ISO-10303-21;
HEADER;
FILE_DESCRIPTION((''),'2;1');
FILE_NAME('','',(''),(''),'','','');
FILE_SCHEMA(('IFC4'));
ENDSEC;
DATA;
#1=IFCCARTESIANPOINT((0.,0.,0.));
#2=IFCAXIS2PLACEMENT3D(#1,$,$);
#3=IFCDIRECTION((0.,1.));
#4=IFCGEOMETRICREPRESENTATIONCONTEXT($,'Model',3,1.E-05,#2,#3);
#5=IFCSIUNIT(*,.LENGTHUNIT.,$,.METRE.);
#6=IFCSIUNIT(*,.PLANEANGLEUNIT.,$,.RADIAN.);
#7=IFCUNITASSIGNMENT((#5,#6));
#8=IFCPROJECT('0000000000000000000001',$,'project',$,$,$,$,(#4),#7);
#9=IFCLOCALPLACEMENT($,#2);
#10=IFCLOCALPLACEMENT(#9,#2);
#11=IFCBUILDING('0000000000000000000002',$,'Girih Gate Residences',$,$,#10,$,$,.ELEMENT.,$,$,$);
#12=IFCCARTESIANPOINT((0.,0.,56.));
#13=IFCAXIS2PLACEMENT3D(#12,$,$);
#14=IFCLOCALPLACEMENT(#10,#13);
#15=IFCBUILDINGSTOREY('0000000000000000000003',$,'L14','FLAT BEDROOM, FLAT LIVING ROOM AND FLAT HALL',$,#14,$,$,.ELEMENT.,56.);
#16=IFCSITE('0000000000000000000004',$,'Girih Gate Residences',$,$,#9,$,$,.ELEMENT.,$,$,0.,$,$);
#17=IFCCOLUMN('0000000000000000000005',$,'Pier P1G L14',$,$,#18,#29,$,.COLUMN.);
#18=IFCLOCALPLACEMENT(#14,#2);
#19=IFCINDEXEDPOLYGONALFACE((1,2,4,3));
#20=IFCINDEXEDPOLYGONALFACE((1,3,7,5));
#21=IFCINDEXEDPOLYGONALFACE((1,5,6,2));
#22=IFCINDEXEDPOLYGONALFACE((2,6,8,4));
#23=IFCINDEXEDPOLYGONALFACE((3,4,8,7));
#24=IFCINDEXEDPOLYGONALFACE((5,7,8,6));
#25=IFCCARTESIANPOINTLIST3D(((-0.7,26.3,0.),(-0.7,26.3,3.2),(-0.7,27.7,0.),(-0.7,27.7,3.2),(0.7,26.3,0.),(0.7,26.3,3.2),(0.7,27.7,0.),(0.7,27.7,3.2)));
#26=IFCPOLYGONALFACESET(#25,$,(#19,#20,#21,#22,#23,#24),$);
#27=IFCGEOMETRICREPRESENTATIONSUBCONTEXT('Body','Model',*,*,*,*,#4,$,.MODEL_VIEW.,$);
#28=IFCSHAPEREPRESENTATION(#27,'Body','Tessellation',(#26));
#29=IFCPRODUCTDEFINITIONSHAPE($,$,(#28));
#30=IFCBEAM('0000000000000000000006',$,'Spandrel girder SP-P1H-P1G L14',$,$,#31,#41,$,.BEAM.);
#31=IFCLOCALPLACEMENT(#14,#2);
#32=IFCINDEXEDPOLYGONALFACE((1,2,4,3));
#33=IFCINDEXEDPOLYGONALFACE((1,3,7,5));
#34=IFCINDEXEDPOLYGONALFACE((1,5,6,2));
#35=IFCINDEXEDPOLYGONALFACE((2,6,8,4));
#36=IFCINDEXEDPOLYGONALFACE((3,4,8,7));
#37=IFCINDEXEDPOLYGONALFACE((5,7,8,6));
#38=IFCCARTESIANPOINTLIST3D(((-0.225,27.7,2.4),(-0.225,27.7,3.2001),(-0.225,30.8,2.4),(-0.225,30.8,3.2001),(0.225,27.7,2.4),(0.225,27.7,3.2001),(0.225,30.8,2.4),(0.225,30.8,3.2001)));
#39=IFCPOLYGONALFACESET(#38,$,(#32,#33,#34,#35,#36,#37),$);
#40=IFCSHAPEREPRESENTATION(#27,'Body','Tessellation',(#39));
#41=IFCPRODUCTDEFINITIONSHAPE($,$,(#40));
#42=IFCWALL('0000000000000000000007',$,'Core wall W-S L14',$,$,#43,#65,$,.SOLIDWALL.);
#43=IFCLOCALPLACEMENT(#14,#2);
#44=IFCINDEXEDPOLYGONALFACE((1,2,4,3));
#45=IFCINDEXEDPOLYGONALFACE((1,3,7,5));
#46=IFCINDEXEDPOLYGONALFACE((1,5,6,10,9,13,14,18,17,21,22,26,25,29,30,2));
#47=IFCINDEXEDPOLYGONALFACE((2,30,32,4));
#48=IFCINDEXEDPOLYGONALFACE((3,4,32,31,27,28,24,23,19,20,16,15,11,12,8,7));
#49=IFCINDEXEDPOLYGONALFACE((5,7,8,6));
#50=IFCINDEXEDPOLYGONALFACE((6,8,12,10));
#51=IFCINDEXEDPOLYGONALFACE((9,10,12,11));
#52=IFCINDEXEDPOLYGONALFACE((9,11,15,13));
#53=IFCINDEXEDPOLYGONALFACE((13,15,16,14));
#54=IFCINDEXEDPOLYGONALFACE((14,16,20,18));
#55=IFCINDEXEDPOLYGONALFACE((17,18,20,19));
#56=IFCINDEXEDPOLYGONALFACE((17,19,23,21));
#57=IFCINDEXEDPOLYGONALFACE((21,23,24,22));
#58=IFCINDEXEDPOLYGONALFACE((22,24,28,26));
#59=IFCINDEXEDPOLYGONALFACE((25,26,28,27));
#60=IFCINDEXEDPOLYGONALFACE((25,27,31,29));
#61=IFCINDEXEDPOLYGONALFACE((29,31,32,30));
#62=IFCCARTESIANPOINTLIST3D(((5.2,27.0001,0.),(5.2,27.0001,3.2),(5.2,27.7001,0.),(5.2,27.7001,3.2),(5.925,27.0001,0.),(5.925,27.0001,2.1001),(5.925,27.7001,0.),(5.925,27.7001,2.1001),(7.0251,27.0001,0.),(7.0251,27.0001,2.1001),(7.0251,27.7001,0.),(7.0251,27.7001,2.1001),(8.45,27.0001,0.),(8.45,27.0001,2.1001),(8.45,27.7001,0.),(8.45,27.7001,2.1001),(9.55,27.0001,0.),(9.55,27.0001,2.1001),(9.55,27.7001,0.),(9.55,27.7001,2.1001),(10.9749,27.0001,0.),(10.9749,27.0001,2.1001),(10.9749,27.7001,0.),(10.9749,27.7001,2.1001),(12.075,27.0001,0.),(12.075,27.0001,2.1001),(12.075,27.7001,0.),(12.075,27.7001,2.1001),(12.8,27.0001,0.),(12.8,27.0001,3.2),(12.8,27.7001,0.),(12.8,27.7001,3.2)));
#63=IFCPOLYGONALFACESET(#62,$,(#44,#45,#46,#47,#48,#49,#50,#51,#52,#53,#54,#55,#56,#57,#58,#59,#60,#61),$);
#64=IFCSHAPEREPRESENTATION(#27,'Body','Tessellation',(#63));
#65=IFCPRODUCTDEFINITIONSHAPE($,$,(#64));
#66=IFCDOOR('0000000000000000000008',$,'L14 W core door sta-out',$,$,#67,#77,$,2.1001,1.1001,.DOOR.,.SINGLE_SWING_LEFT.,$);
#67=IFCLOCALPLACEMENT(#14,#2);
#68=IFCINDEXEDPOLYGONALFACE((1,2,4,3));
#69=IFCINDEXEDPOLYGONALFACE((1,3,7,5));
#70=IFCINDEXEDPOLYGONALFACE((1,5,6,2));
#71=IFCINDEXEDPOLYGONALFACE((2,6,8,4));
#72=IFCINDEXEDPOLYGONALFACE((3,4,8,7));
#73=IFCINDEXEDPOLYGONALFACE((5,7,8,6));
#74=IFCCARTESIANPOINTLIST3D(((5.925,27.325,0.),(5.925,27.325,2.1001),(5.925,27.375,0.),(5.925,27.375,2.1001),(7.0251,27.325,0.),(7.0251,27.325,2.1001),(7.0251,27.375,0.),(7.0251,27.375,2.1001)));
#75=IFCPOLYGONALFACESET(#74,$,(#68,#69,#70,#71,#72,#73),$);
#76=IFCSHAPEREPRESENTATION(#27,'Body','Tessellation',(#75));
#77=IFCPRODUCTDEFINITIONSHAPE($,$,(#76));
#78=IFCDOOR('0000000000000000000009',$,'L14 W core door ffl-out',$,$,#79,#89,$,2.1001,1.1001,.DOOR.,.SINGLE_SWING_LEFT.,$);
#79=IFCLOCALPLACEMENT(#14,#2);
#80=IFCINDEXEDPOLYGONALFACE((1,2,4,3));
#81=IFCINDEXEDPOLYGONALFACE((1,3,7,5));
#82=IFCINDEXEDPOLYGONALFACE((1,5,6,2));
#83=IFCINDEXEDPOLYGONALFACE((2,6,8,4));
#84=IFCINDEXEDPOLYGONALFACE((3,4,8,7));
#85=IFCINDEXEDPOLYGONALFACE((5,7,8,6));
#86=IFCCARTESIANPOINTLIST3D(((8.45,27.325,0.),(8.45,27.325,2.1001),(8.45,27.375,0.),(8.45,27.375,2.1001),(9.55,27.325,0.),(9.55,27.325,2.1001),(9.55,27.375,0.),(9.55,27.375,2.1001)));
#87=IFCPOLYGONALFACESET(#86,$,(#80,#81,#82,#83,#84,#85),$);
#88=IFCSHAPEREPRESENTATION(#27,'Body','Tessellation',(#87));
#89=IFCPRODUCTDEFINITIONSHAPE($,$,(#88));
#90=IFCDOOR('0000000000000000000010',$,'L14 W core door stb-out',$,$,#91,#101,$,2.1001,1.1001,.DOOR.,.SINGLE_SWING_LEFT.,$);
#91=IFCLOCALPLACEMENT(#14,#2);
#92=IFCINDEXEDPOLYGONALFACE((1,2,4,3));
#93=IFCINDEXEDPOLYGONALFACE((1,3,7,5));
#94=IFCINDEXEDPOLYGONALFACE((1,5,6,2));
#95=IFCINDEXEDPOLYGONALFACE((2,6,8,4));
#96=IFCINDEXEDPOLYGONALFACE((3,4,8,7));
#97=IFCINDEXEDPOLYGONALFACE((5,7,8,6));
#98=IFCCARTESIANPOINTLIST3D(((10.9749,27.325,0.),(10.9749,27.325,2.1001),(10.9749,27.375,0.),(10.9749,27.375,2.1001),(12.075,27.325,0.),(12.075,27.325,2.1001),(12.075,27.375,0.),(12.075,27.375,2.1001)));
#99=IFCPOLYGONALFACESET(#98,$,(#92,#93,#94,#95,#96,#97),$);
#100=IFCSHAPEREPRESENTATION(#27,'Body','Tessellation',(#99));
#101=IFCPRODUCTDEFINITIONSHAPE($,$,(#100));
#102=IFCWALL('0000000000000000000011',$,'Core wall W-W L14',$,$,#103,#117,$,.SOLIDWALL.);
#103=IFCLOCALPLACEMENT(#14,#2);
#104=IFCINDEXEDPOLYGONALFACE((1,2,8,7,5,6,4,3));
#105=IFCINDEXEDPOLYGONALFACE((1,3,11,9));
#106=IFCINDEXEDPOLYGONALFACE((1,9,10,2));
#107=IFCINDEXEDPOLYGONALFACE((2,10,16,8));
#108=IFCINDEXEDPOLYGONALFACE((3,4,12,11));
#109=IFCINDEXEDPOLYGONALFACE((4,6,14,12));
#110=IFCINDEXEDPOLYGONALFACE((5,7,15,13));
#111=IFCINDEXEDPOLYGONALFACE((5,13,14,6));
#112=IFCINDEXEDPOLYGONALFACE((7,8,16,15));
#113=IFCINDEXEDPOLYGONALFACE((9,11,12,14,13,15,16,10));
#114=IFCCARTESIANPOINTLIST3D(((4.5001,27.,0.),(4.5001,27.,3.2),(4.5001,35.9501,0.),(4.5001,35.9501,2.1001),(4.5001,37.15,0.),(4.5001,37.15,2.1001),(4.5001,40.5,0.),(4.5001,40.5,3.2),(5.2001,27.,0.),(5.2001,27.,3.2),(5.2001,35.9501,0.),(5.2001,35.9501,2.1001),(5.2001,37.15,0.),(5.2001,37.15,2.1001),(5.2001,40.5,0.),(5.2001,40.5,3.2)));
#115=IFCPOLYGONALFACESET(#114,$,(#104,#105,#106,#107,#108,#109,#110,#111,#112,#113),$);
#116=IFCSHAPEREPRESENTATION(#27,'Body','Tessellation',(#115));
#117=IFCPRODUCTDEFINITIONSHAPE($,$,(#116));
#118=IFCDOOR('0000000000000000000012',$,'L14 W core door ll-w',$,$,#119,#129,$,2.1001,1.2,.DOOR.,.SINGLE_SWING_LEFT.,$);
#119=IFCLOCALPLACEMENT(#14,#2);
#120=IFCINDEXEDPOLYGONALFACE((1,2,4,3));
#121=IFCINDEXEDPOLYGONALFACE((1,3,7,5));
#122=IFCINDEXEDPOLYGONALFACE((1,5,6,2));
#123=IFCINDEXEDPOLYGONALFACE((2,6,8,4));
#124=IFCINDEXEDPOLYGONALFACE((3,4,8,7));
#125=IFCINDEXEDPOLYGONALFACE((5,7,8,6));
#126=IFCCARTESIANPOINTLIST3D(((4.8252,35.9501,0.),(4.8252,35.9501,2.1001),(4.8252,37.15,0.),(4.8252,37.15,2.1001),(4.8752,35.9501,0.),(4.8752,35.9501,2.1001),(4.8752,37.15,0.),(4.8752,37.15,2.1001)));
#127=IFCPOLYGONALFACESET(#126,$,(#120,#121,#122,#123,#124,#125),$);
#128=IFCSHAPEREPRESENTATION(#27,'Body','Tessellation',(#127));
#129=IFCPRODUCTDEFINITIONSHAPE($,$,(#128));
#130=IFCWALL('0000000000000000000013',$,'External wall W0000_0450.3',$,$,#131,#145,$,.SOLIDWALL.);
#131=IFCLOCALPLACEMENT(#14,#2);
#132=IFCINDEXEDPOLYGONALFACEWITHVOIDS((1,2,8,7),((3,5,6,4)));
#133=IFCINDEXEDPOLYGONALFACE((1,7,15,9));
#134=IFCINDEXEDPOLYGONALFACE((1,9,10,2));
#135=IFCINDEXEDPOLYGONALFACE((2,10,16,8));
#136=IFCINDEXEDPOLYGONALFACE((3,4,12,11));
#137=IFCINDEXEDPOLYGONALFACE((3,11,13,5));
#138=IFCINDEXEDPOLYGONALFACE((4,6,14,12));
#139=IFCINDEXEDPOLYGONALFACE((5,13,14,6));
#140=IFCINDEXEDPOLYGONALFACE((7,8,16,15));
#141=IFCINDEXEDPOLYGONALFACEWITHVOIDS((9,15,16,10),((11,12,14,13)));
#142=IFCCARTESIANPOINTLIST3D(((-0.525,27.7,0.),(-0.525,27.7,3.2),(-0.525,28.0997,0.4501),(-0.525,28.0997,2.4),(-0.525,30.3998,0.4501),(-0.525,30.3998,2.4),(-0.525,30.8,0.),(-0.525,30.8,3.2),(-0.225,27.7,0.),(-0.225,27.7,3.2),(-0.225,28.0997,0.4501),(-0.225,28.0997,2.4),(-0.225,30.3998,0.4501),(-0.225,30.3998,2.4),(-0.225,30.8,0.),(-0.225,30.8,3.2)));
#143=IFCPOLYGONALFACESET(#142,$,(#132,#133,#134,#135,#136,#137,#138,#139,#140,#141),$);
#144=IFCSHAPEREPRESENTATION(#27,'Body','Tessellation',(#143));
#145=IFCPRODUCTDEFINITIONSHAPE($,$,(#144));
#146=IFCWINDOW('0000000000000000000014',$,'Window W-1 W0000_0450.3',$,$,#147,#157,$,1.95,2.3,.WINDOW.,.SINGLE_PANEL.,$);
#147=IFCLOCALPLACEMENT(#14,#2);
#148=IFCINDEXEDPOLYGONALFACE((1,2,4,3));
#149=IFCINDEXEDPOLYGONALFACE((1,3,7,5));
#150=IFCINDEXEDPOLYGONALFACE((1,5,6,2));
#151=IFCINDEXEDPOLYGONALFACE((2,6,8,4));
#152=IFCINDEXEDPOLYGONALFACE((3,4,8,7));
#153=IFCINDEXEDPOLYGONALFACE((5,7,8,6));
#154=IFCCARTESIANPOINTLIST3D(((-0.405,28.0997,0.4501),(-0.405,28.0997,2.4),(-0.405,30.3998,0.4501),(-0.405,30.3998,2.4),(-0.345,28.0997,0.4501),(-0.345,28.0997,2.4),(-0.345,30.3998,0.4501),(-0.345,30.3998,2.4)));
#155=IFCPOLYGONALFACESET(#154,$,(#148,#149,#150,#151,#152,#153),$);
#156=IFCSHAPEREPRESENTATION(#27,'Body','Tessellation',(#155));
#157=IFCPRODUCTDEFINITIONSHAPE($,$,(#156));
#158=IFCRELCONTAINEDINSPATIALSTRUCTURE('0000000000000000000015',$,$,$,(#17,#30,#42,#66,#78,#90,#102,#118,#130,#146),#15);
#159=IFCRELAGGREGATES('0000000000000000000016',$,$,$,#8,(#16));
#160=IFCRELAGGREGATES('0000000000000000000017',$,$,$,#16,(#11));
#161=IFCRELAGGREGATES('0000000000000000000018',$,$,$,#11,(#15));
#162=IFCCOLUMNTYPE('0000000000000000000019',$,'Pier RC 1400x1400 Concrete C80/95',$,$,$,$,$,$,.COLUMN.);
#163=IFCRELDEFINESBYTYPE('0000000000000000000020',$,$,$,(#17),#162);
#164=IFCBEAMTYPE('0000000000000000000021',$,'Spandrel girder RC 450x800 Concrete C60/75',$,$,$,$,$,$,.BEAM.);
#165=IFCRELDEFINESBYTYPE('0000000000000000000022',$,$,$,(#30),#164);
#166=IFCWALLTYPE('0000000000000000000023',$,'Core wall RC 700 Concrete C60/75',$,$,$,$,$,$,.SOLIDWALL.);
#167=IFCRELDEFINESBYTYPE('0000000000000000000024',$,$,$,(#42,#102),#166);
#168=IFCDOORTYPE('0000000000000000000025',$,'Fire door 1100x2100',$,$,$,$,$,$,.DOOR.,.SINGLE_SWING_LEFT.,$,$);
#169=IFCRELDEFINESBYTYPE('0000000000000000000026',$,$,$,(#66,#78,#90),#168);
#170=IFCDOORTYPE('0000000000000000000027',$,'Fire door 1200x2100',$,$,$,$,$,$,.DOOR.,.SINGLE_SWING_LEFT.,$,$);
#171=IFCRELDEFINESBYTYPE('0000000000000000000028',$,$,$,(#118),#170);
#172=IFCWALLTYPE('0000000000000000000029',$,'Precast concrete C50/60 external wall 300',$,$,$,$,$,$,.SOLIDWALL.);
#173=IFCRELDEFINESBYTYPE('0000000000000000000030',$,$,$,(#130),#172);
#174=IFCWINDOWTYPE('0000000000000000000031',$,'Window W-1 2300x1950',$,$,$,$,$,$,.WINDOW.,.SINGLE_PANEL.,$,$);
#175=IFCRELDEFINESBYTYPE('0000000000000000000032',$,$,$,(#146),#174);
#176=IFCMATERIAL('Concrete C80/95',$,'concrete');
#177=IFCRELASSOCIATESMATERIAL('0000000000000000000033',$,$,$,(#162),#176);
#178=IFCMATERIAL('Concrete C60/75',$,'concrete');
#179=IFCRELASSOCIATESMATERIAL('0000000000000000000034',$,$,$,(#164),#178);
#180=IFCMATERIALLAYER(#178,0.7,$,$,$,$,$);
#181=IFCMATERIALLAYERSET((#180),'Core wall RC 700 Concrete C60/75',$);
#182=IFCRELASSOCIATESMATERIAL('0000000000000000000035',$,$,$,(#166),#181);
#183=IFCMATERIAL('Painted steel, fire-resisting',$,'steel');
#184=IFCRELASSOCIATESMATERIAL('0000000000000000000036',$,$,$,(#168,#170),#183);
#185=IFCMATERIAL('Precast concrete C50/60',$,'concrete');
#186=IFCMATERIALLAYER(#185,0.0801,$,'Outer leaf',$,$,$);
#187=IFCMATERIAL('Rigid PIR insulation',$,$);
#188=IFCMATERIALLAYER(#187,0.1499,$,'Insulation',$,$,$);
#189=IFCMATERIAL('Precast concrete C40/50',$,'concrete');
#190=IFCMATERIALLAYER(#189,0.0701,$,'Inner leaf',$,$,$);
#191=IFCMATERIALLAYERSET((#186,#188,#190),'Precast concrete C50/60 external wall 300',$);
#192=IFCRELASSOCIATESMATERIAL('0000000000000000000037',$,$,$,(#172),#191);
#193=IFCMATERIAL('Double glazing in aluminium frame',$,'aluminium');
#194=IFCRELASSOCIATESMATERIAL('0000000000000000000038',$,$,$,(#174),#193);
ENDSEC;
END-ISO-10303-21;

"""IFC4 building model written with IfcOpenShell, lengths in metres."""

from ifc_helpers import new_model, si_unit, direction, frame, frame_2d, origin, origin_2d, place, context, subcontext, project, spatial, rectangle, extrude, material, layer, layer_set, material_profile, profile_set, type_object, element, fill, save


model = new_model("IFC4")

# Units and contexts
model_context = context("Model", 3, precision=1e-05, world=origin(), true_north=direction((0.0, 1.0)))
body_context = subcontext(model_context, "Body", "Model", "MODEL_VIEW")
ifc_project = project(units=[si_unit("LENGTHUNIT", "METRE"), si_unit("PLANEANGLEUNIT", "RADIAN")], contexts=[model_context])

# Site, building, storey
site_placement = place(None, origin())
site = spatial("IfcSite", under=ifc_project, at=site_placement, Name="Girih Gate Residences", CompositionType="ELEMENT", RefElevation=0.0)
building_placement = place(site_placement, origin())
building = spatial("IfcBuilding", under=site, at=building_placement, Name="Girih Gate Residences", CompositionType="ELEMENT")
storey_placement = place(building_placement, frame((0.0, 0.0, 56.0)))
storey = spatial("IfcBuildingStorey", under=building, at=storey_placement, Name="L14", Description="FLAT BEDROOM, FLAT LIVING ROOM AND FLAT HALL", CompositionType="ELEMENT", Elevation=56.0)

# Column
ifc_material_1 = material(Name="Concrete C80/95", Category="concrete")
ifc_material_profile_1 = material_profile(ifc_material_1, rectangle(XDim=1.3999, YDim=1.3999, at=origin_2d()))
ifc_profile_set_1 = profile_set([ifc_material_profile_1], Name="Concrete C80/95")
column_type = type_object("IfcColumnType", Name="Pier RC 1400x1400 Concrete C80/95", PredefinedType="COLUMN", material=ifc_profile_set_1)
column_placement = place(storey_placement, frame((0.0, 27.0, 0.0), z_axis=(0.0, 0.0, 1.0), x_axis=(1.0, 0.0, 0.0)))
element("IfcColumn", 1, at=column_placement, inside=storey, type_object=column_type, Name="Pier P1G L14", PredefinedType="COLUMN", context=body_context, shape_type="SweptSolid", body=[
    extrude(rectangle(XDim=1.3999, YDim=1.3999, at=origin_2d()), origin(), (0.0, 0.0, 1.0), 3.2),
])

# Beam
ifc_material_2 = material(Name="Concrete C60/75", Category="concrete")
ifc_material_profile_2 = material_profile(ifc_material_2, rectangle(XDim=0.45, YDim=0.8, at=origin_2d()))
ifc_profile_set_2 = profile_set([ifc_material_profile_2], Name="Concrete C60/75")
beam_type = type_object("IfcBeamType", Name="Spandrel girder RC 450x800 Concrete C60/75", PredefinedType="BEAM", material=ifc_profile_set_2)
beam_placement = place(storey_placement, frame((0.0, 30.8, 2.8), z_axis=(0.0, -1.0, 0.0), x_axis=(1.0, 0.0, 0.0)))
element("IfcBeam", 2, at=beam_placement, inside=storey, type_object=beam_type, Name="Spandrel girder SP-P1H-P1G L14", PredefinedType="BEAM", context=body_context, shape_type="SweptSolid", body=[
    extrude(rectangle(XDim=0.45, YDim=0.8, at=origin_2d()), origin(), (0.0, 0.0, 1.0), 3.1001),
])

# Wall, openings, doors
ifc_layer_1 = layer(ifc_material_2, 0.7)
ifc_layer_set_1 = layer_set([ifc_layer_1], Name="Core wall RC 700 Concrete C60/75")
wall_type_1 = type_object("IfcWallType", Name="Core wall RC 700 Concrete C60/75", PredefinedType="SOLIDWALL", material=ifc_layer_set_1)
wall_1_placement = place(storey_placement, frame((5.2, 27.3501, 0.0), z_axis=(0.0, 0.0, 1.0), x_axis=(1.0, 0.0, 0.0)))
wall_1 = element("IfcWall", 3, at=wall_1_placement, inside=storey, type_object=wall_type_1, Name="Core wall W-S L14", PredefinedType="SOLIDWALL", context=body_context, shape_type="SweptSolid", body=[
    extrude(rectangle(XDim=7.6001, YDim=0.7, at=frame_2d((3.8, 0.0))), origin(), (0.0, 0.0, 1.0), 3.2),
])
opening_1_placement = place(wall_1_placement, frame((0.7251, 0.0, 0.0)))
opening_1 = element("IfcOpeningElement", 4, at=opening_1_placement, cuts=wall_1, PredefinedType="OPENING", context=body_context, shape_type="SweptSolid", body=[
    extrude(rectangle(XDim=1.1001, YDim=2.1001, at=frame_2d((0.55, 1.05))), frame((0.0, 0.3599, 0.0), z_axis=(0.0, -1.0, 0.0), x_axis=(1.0, 0.0, 0.0)), (0.0, 0.0, 1.0), 0.72),
])
opening_2_placement = place(wall_1_placement, frame((3.25, 0.0, 0.0)))
opening_2 = element("IfcOpeningElement", 5, at=opening_2_placement, cuts=wall_1, PredefinedType="OPENING", context=body_context, shape_type="SweptSolid", body=[
    extrude(rectangle(XDim=1.1001, YDim=2.1001, at=frame_2d((0.55, 1.05))), frame((0.0, 0.3599, 0.0), z_axis=(0.0, -1.0, 0.0), x_axis=(1.0, 0.0, 0.0)), (0.0, 0.0, 1.0), 0.72),
])
opening_3_placement = place(wall_1_placement, frame((5.7749, 0.0, 0.0)))
opening_3 = element("IfcOpeningElement", 6, at=opening_3_placement, cuts=wall_1, PredefinedType="OPENING", context=body_context, shape_type="SweptSolid", body=[
    extrude(rectangle(XDim=1.1001, YDim=2.1001, at=frame_2d((0.55, 1.05))), frame((0.0, 0.3599, 0.0), z_axis=(0.0, -1.0, 0.0), x_axis=(1.0, 0.0, 0.0)), (0.0, 0.0, 1.0), 0.72),
])
ifc_material_3 = material(Name="Painted steel, fire-resisting", Category="steel")
door_type_1 = type_object("IfcDoorType", Name="Fire door 1100x2100", OperationType="SINGLE_SWING_LEFT", PredefinedType="DOOR", material=ifc_material_3)
door_1_placement = place(opening_1_placement, origin())
door_1 = element("IfcDoor", 7, at=door_1_placement, inside=storey, type_object=door_type_1, Name="L14 W core door sta-out", OperationType="SINGLE_SWING_LEFT", OverallHeight=2.1001, OverallWidth=1.1001, PredefinedType="DOOR", context=body_context, shape_type="SweptSolid", body=[
    extrude(rectangle(XDim=1.1001, YDim=2.1001, at=frame_2d((0.55, 1.05))), frame((0.0, 0.0249, 0.0), z_axis=(0.0, -1.0, 0.0), x_axis=(1.0, 0.0, 0.0)), (0.0, 0.0, 1.0), 0.05),
])
fill(opening_1, door_1)
door_2_placement = place(opening_2_placement, origin())
door_2 = element("IfcDoor", 8, at=door_2_placement, inside=storey, type_object=door_type_1, Name="L14 W core door ffl-out", OperationType="SINGLE_SWING_LEFT", OverallHeight=2.1001, OverallWidth=1.1001, PredefinedType="DOOR", context=body_context, shape_type="SweptSolid", body=[
    extrude(rectangle(XDim=1.1001, YDim=2.1001, at=frame_2d((0.55, 1.05))), frame((0.0, 0.0249, 0.0), z_axis=(0.0, -1.0, 0.0), x_axis=(1.0, 0.0, 0.0)), (0.0, 0.0, 1.0), 0.05),
])
fill(opening_2, door_2)
door_3_placement = place(opening_3_placement, origin())
door_3 = element("IfcDoor", 9, at=door_3_placement, inside=storey, type_object=door_type_1, Name="L14 W core door stb-out", OperationType="SINGLE_SWING_LEFT", OverallHeight=2.1001, OverallWidth=1.1001, PredefinedType="DOOR", context=body_context, shape_type="SweptSolid", body=[
    extrude(rectangle(XDim=1.1001, YDim=2.1001, at=frame_2d((0.55, 1.05))), frame((0.0, 0.0249, 0.0), z_axis=(0.0, -1.0, 0.0), x_axis=(1.0, 0.0, 0.0)), (0.0, 0.0, 1.0), 0.05),
])
fill(opening_3, door_3)

# Wall, opening, door
wall_2_placement = place(storey_placement, frame((4.8501, 27.0, 0.0), z_axis=(0.0, 0.0, 1.0), x_axis=(0.0, 1.0, 0.0)))
wall_2 = element("IfcWall", 10, at=wall_2_placement, inside=storey, type_object=wall_type_1, Name="Core wall W-W L14", PredefinedType="SOLIDWALL", context=body_context, shape_type="SweptSolid", body=[
    extrude(rectangle(XDim=13.5, YDim=0.7, at=frame_2d((6.75, 0.0))), origin(), (0.0, 0.0, 1.0), 3.2),
])
opening_4_placement = place(wall_2_placement, frame((8.95, 0.0, 0.0)))
opening_4 = element("IfcOpeningElement", 11, at=opening_4_placement, cuts=wall_2, PredefinedType="OPENING", context=body_context, shape_type="SweptSolid", body=[
    extrude(rectangle(XDim=1.2, YDim=2.1001, at=frame_2d((0.6001, 1.05))), frame((0.0, 0.3599, 0.0), z_axis=(0.0, -1.0, 0.0), x_axis=(1.0, 0.0, 0.0)), (0.0, 0.0, 1.0), 0.72),
])
door_type_2 = type_object("IfcDoorType", Name="Fire door 1200x2100", OperationType="SINGLE_SWING_LEFT", PredefinedType="DOOR", material=ifc_material_3)
door_4_placement = place(opening_4_placement, origin())
door_4 = element("IfcDoor", 12, at=door_4_placement, inside=storey, type_object=door_type_2, Name="L14 W core door ll-w", OperationType="SINGLE_SWING_LEFT", OverallHeight=2.1001, OverallWidth=1.2, PredefinedType="DOOR", context=body_context, shape_type="SweptSolid", body=[
    extrude(rectangle(XDim=1.2, YDim=2.1001, at=frame_2d((0.6001, 1.05))), frame((0.0, 0.0249, 0.0), z_axis=(0.0, -1.0, 0.0), x_axis=(1.0, 0.0, 0.0)), (0.0, 0.0, 1.0), 0.05),
])
fill(opening_4, door_4)

# Wall, opening, window
ifc_material_4 = material(Name="Precast concrete C50/60", Category="concrete")
ifc_layer_2 = layer(ifc_material_4, 0.0801, Name="Outer leaf")
ifc_material_5 = material(Name="Rigid PIR insulation")
ifc_layer_3 = layer(ifc_material_5, 0.1499, Name="Insulation")
ifc_material_6 = material(Name="Precast concrete C40/50", Category="concrete")
ifc_layer_4 = layer(ifc_material_6, 0.0701, Name="Inner leaf")
ifc_layer_set_2 = layer_set([ifc_layer_2, ifc_layer_3, ifc_layer_4], Name="Precast concrete C50/60 external wall 300")
wall_type_2 = type_object("IfcWallType", Name="Precast concrete C50/60 external wall 300", PredefinedType="SOLIDWALL", material=ifc_layer_set_2)
wall_3_placement = place(storey_placement, frame((-0.375, 27.7, 0.0), z_axis=(0.0, 0.0, 1.0), x_axis=(0.0, 1.0, 0.0)))
wall_3 = element("IfcWall", 13, at=wall_3_placement, inside=storey, type_object=wall_type_2, Name="External wall W0000_0450.3", PredefinedType="SOLIDWALL", context=body_context, shape_type="SweptSolid", body=[
    extrude(rectangle(XDim=3.1001, YDim=0.3, at=frame_2d((1.55, 0.0))), origin(), (0.0, 0.0, 1.0), 3.2),
])
opening_5_placement = place(wall_3_placement, frame((0.3999, 0.0, 0.45)))
opening_5 = element("IfcOpeningElement", 14, at=opening_5_placement, cuts=wall_3, PredefinedType="OPENING", context=body_context, shape_type="SweptSolid", body=[
    extrude(rectangle(XDim=2.3, YDim=1.95, at=frame_2d((1.1499, 0.9751))), frame((0.0, 0.1599, 0.0), z_axis=(0.0, -1.0, 0.0), x_axis=(1.0, 0.0, 0.0)), (0.0, 0.0, 1.0), 0.3201),
])
ifc_material_7 = material(Name="Double glazing in aluminium frame", Category="aluminium")
window_type = type_object("IfcWindowType", Name="Window W-1 2300x1950", PartitioningType="SINGLE_PANEL", PredefinedType="WINDOW", material=ifc_material_7)
window_placement = place(opening_5_placement, origin())
window = element("IfcWindow", 15, at=window_placement, inside=storey, type_object=window_type, Name="Window W-1 W0000_0450.3", OverallHeight=1.95, OverallWidth=2.3, PartitioningType="SINGLE_PANEL", PredefinedType="WINDOW", context=body_context, shape_type="SweptSolid", body=[
    extrude(rectangle(XDim=2.3, YDim=1.95, at=frame_2d((1.1499, 0.9751))), frame((0.0, 0.03, 0.0), z_axis=(0.0, -1.0, 0.0), x_axis=(1.0, 0.0, 0.0)), (0.0, 0.0, 1.0), 0.0601),
])
fill(opening_5, window)

save(model, "model.ifc")
